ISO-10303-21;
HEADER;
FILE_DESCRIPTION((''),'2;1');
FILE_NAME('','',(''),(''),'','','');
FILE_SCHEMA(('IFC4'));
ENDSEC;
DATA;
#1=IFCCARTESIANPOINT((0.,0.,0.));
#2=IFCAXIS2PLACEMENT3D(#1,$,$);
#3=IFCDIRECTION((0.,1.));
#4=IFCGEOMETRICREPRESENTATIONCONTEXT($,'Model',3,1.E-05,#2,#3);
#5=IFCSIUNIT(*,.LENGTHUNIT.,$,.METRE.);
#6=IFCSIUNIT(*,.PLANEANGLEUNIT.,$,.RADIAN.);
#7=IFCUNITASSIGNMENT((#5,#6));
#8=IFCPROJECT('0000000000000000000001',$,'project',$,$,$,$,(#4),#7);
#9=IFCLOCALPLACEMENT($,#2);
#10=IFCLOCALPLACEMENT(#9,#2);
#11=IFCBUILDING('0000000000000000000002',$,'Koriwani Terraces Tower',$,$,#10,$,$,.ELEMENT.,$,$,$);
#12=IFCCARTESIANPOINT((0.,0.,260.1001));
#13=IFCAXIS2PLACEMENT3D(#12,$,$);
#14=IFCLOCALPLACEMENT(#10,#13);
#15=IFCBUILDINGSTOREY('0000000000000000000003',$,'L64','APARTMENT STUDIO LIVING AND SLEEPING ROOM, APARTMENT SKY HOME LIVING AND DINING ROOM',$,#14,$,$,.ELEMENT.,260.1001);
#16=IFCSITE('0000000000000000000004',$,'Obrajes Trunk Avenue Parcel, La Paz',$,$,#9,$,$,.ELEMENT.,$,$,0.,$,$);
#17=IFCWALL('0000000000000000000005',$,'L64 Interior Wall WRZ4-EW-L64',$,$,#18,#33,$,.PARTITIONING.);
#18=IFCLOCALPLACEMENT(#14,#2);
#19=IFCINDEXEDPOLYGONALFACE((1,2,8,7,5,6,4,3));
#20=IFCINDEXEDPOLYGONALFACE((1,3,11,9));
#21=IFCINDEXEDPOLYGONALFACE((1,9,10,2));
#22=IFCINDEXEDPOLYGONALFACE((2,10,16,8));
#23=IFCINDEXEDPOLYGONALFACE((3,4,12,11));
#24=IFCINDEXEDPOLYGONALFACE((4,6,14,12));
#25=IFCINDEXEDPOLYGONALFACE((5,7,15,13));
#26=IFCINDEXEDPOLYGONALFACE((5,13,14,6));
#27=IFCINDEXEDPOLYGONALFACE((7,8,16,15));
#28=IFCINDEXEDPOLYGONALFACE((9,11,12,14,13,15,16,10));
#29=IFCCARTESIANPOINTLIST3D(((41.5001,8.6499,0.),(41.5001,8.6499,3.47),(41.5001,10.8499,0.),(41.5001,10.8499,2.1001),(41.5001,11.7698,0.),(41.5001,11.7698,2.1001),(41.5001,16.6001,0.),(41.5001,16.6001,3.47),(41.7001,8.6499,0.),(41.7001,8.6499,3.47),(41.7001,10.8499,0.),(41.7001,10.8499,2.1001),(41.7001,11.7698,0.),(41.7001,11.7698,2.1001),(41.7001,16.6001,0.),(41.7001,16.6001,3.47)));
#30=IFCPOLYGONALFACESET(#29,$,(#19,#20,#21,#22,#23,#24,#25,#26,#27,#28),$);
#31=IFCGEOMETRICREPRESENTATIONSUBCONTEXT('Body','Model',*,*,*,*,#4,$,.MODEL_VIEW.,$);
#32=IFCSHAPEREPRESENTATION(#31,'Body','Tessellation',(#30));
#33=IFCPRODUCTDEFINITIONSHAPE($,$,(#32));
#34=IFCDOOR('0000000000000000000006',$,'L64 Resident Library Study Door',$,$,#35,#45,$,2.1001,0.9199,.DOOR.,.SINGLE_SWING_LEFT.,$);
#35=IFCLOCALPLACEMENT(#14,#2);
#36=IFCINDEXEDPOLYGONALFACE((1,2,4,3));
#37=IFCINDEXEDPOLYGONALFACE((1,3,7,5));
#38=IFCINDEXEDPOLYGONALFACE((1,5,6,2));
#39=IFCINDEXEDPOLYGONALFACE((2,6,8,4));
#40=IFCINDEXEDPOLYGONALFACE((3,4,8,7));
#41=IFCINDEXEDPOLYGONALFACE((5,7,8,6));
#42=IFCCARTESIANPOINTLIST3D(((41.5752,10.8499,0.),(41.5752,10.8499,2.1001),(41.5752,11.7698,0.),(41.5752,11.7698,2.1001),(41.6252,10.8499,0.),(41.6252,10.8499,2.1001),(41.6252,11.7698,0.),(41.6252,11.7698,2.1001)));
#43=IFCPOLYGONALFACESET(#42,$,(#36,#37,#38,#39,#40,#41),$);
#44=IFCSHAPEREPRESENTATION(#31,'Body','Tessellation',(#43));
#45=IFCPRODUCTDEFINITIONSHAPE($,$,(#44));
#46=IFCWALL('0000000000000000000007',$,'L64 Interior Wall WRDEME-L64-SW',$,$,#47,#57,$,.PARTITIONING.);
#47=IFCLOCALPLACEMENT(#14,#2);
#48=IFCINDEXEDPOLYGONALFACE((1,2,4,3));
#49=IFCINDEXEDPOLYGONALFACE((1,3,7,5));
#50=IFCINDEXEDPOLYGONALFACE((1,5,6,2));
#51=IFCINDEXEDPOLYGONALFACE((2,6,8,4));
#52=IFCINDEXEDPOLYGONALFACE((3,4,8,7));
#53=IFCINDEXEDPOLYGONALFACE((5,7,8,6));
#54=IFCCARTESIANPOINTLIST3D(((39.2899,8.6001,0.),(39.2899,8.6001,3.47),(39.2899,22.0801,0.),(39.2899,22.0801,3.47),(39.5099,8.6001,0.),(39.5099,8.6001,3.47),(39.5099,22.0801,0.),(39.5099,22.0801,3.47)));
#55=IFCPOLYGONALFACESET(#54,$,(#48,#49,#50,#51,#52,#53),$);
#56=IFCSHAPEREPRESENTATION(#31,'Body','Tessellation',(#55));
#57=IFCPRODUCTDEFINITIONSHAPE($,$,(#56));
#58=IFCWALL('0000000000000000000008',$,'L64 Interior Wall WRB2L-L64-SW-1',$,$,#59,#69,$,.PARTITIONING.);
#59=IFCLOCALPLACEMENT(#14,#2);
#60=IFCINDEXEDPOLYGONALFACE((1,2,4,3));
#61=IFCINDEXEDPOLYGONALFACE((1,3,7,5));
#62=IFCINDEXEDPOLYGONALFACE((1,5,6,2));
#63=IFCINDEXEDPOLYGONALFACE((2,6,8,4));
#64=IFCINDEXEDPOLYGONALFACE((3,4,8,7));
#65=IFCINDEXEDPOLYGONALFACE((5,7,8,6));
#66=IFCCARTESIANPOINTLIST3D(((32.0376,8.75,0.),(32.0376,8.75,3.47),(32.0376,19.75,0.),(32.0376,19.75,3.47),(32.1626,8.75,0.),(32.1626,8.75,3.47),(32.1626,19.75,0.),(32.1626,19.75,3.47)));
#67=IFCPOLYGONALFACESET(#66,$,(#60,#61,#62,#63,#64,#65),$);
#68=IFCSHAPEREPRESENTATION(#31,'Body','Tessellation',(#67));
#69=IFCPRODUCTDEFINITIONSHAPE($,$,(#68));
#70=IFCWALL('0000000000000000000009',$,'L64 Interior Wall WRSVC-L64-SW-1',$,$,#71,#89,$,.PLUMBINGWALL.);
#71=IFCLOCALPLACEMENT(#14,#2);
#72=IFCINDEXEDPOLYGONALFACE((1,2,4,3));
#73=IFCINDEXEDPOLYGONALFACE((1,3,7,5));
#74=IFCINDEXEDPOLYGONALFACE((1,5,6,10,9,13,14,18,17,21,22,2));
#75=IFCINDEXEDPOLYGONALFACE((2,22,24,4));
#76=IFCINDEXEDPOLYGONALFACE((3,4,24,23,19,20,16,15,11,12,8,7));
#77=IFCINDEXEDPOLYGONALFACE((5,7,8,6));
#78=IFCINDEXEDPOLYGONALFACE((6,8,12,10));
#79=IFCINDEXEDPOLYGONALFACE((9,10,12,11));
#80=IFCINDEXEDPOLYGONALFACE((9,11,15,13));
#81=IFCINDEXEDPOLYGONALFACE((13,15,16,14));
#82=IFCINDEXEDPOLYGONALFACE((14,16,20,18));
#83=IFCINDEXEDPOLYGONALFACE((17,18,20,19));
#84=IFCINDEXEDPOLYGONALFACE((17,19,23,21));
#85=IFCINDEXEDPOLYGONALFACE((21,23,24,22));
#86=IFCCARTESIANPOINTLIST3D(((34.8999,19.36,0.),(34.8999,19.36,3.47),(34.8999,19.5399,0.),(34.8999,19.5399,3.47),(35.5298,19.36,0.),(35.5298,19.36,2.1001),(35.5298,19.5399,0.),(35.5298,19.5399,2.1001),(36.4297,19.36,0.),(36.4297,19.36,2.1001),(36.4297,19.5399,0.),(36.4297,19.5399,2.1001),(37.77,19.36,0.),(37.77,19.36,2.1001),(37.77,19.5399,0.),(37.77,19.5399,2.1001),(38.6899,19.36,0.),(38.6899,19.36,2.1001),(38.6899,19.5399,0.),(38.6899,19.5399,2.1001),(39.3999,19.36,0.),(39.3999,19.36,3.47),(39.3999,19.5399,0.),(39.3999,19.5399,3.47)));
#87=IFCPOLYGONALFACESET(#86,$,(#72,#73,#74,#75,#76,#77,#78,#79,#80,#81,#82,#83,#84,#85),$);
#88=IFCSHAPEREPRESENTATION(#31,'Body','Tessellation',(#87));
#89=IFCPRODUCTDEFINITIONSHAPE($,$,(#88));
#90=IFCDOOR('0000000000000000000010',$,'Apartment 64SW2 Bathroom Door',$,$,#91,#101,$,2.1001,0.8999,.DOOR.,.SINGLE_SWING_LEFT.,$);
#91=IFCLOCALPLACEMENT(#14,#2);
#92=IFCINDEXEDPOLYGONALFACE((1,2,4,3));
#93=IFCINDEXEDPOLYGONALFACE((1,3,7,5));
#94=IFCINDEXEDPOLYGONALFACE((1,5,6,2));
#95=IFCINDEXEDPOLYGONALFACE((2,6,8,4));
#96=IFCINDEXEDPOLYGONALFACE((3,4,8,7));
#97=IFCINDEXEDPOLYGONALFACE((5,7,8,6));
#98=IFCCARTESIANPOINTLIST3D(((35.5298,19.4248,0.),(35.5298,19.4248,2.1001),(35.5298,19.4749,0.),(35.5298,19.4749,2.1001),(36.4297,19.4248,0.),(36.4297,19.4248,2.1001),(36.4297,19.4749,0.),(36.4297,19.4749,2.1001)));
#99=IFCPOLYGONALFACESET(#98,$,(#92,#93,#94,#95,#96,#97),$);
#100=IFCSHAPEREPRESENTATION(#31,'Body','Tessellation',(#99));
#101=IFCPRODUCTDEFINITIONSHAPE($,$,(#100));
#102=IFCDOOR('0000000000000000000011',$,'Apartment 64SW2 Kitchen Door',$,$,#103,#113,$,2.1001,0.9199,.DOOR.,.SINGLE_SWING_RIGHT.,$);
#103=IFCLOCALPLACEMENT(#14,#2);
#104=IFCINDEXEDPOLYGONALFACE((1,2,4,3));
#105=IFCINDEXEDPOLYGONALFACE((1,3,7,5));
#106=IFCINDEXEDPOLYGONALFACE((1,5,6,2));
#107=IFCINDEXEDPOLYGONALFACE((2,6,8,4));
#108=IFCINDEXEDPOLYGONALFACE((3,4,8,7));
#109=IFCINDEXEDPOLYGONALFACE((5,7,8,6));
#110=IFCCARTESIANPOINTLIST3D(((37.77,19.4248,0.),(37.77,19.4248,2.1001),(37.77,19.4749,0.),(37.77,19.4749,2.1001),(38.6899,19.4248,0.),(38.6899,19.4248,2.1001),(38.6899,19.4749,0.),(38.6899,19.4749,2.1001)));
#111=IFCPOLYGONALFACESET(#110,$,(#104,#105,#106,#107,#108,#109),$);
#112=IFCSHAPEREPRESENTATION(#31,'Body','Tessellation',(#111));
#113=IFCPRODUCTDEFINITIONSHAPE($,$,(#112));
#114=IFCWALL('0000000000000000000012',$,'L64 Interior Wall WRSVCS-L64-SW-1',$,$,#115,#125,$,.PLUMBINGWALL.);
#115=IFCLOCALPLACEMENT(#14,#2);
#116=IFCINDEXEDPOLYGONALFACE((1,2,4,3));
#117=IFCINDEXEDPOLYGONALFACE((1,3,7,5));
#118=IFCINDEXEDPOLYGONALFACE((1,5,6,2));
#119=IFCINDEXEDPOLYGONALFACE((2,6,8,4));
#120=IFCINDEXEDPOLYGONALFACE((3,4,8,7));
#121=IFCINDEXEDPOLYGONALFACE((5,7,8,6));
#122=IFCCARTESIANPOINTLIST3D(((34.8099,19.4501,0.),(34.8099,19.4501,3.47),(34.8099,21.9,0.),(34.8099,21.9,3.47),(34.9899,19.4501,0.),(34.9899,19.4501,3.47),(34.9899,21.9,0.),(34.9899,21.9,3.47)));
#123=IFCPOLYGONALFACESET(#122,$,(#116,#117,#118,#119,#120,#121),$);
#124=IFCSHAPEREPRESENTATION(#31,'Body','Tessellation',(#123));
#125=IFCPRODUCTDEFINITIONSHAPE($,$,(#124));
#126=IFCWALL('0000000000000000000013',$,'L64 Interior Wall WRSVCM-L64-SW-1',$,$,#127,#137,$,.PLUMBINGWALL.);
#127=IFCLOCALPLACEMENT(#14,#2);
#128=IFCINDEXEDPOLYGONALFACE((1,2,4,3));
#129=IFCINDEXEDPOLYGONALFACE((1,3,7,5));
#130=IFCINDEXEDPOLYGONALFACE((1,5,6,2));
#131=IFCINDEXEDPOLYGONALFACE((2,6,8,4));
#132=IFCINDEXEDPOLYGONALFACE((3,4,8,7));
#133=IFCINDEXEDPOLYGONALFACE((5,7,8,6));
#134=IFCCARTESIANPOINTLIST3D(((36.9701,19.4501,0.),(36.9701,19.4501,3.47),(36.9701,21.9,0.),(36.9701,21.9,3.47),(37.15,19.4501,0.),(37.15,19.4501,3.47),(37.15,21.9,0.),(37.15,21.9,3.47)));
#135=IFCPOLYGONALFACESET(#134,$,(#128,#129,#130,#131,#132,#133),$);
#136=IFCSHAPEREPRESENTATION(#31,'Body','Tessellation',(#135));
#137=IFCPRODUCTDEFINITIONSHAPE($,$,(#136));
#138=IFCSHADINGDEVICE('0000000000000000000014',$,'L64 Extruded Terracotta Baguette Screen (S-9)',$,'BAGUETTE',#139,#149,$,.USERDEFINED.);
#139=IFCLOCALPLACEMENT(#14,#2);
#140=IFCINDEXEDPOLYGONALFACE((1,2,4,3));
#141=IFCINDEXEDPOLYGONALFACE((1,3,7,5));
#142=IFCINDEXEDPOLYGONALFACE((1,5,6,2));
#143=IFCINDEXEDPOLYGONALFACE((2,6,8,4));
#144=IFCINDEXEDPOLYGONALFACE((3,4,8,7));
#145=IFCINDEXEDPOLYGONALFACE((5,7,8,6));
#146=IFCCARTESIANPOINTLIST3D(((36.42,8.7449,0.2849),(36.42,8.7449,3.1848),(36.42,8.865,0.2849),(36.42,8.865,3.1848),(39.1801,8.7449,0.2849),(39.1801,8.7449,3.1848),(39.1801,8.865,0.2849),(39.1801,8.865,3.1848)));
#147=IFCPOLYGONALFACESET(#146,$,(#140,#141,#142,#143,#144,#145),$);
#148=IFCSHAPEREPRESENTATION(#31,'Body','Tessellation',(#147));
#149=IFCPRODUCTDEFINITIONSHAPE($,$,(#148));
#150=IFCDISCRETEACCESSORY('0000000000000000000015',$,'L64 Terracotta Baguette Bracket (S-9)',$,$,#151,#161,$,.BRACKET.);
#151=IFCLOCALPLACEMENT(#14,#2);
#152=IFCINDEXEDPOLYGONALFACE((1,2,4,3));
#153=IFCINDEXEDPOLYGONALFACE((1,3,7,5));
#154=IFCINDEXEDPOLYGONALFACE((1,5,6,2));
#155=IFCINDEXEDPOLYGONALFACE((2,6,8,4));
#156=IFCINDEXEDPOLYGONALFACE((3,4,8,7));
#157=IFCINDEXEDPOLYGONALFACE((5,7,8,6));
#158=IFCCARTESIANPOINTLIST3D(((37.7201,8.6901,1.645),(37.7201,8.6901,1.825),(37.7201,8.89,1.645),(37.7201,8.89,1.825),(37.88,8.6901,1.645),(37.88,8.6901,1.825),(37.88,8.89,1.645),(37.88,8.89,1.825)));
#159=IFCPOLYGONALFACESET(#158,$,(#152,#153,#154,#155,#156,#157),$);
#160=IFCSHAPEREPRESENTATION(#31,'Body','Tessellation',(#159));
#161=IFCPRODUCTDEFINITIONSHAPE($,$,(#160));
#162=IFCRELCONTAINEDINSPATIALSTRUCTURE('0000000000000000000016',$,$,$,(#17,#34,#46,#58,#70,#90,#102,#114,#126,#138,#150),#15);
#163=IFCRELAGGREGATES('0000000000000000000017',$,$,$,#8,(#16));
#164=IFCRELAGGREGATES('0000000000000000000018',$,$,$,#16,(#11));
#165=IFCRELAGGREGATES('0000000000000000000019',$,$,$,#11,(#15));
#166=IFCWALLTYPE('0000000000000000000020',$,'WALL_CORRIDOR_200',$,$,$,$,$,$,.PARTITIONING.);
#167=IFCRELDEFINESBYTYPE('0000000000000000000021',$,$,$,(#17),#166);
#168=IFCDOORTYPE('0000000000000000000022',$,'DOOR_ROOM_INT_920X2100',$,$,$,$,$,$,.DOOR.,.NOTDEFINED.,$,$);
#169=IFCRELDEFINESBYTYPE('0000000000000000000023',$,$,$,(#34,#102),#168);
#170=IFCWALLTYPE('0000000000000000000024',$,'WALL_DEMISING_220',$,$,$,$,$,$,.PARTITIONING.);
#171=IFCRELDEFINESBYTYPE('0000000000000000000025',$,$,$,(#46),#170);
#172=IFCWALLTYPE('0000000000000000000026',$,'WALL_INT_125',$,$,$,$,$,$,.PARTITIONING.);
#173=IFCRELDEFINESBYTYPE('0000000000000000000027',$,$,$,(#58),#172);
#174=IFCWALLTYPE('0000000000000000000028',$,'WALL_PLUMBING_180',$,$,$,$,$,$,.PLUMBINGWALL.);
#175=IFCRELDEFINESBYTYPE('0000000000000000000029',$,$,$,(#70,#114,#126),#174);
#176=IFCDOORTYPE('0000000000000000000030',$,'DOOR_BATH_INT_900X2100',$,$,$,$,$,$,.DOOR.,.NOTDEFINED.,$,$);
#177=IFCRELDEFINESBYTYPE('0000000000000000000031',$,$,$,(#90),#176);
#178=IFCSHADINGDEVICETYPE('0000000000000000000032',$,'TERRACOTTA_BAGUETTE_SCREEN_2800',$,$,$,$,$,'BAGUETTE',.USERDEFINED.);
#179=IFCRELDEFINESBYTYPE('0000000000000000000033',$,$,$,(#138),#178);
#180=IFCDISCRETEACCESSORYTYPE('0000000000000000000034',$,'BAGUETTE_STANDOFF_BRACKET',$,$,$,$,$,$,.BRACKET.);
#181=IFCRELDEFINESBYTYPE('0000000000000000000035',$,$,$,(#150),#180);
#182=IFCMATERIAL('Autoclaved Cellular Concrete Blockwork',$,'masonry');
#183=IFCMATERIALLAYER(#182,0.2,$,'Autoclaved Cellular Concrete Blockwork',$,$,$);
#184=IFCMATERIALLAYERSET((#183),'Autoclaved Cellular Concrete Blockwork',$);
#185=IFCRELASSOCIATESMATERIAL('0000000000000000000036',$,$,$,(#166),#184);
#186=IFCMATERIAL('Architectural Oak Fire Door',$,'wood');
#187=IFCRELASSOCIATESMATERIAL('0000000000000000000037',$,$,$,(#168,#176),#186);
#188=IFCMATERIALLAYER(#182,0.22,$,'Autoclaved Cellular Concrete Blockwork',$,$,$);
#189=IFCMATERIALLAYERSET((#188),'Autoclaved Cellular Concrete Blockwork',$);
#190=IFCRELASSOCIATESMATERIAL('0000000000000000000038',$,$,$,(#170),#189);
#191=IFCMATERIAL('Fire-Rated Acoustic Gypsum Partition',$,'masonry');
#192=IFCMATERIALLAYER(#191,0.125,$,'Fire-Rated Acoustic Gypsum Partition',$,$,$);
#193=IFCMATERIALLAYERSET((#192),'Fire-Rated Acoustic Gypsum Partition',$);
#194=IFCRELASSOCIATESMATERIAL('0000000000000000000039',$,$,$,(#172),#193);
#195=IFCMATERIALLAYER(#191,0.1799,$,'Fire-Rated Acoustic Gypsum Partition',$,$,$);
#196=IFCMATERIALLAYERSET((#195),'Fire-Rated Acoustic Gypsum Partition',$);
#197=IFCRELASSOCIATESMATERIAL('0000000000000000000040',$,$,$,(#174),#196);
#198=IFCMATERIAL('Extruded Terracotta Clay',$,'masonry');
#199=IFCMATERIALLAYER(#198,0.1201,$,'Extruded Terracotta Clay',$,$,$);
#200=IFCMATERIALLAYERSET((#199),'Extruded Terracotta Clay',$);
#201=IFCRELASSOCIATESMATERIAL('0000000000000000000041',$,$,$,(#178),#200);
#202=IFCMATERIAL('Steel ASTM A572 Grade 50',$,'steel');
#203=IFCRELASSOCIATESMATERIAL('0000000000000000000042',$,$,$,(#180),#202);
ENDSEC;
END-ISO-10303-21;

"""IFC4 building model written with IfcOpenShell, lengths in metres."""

from ifc_helpers import new_model, si_unit, direction, frame, frame_2d, origin, origin_2d, place, context, subcontext, project, spatial, rectangle, extrude, material, layer, layer_set, type_object, element, fill, save


model = new_model("IFC4")

# Units and contexts
model_context = context("Model", 3, precision=1e-05, world=origin(), true_north=direction((0.0, 1.0)))
body_context = subcontext(model_context, "Body", "Model", "MODEL_VIEW")
ifc_project = project(units=[si_unit("LENGTHUNIT", "METRE"), si_unit("PLANEANGLEUNIT", "RADIAN")], contexts=[model_context])

# Site, building, storey
site_placement = place(None, origin())
site = spatial("IfcSite", under=ifc_project, at=site_placement, Name="Obrajes Trunk Avenue Parcel, La Paz", CompositionType="ELEMENT", RefElevation=0.0)
building_placement = place(site_placement, origin())
building = spatial("IfcBuilding", under=site, at=building_placement, Name="Koriwani Terraces Tower", CompositionType="ELEMENT")
storey_placement = place(building_placement, frame((0.0, 0.0, 260.1001)))
storey = spatial("IfcBuildingStorey", under=building, at=storey_placement, Name="L64", Description="APARTMENT STUDIO LIVING AND SLEEPING ROOM, APARTMENT SKY HOME LIVING AND DINING ROOM", CompositionType="ELEMENT", Elevation=260.1001)

# Shared definitions
ifc_material_1 = material(Name="Steel ASTM A572 Grade 50", Category="steel")

# Wall, opening, door
ifc_material_2 = material(Name="Autoclaved Cellular Concrete Blockwork", Category="masonry")
ifc_layer_1 = layer(ifc_material_2, 0.2, Name="Autoclaved Cellular Concrete Blockwork")
ifc_layer_set_1 = layer_set([ifc_layer_1], Name="Autoclaved Cellular Concrete Blockwork")
wall_type_1 = type_object("IfcWallType", Name="WALL_CORRIDOR_200", PredefinedType="PARTITIONING", material=ifc_layer_set_1)
wall_1_placement = place(storey_placement, frame((41.6001, 8.6499, 0.0), z_axis=(0.0, 0.0, 1.0), x_axis=(0.0, 1.0, 0.0)))
wall_1 = element("IfcWall", 1, at=wall_1_placement, inside=storey, type_object=wall_type_1, Name="L64 Interior Wall WRZ4-EW-L64", PredefinedType="PARTITIONING", context=body_context, shape_type="SweptSolid", body=[
    extrude(rectangle(XDim=7.9502, YDim=0.2, at=frame_2d((3.9751, 0.0))), origin(), (0.0, 0.0, 1.0), 3.47),
])
opening_1_placement = place(wall_1_placement, frame((2.2, 0.0, 0.0)))
opening_1 = element("IfcOpeningElement", 2, at=opening_1_placement, cuts=wall_1, PredefinedType="OPENING", context=body_context, shape_type="SweptSolid", body=[
    extrude(rectangle(XDim=0.9199, YDim=2.1001, at=frame_2d((0.46, 1.05))), frame((0.0, 0.1099, 0.0), z_axis=(0.0, -1.0, 0.0), x_axis=(1.0, 0.0, 0.0)), (0.0, 0.0, 1.0), 0.22),
])
ifc_material_3 = material(Name="Architectural Oak Fire Door", Category="wood")
door_type_1 = type_object("IfcDoorType", Name="DOOR_ROOM_INT_920X2100", OperationType="NOTDEFINED", PredefinedType="DOOR", material=ifc_material_3)
door_1_placement = place(opening_1_placement, origin())
door_1 = element("IfcDoor", 3, at=door_1_placement, inside=storey, type_object=door_type_1, Name="L64 Resident Library Study Door", OperationType="SINGLE_SWING_LEFT", OverallHeight=2.1001, OverallWidth=0.9199, PredefinedType="DOOR", context=body_context, shape_type="SweptSolid", body=[
    extrude(rectangle(XDim=0.9199, YDim=2.1001, at=frame_2d((0.46, 1.05))), frame((0.0, 0.0249, 0.0), z_axis=(0.0, -1.0, 0.0), x_axis=(1.0, 0.0, 0.0)), (0.0, 0.0, 1.0), 0.05),
])
fill(opening_1, door_1)

# Walls
ifc_layer_2 = layer(ifc_material_2, 0.22, Name="Autoclaved Cellular Concrete Blockwork")
ifc_layer_set_2 = layer_set([ifc_layer_2], Name="Autoclaved Cellular Concrete Blockwork")
wall_type_2 = type_object("IfcWallType", Name="WALL_DEMISING_220", PredefinedType="PARTITIONING", material=ifc_layer_set_2)
wall_2_placement = place(storey_placement, frame((39.3999, 8.6001, 0.0), z_axis=(0.0, 0.0, 1.0), x_axis=(0.0, 1.0, 0.0)))
element("IfcWall", 4, at=wall_2_placement, inside=storey, type_object=wall_type_2, Name="L64 Interior Wall WRDEME-L64-SW", PredefinedType="PARTITIONING", context=body_context, shape_type="SweptSolid", body=[
    extrude(rectangle(XDim=13.48, YDim=0.22, at=frame_2d((6.74, 0.0))), origin(), (0.0, 0.0, 1.0), 3.47),
])
ifc_material_4 = material(Name="Fire-Rated Acoustic Gypsum Partition", Category="masonry")
ifc_layer_3 = layer(ifc_material_4, 0.125, Name="Fire-Rated Acoustic Gypsum Partition")
ifc_layer_set_3 = layer_set([ifc_layer_3], Name="Fire-Rated Acoustic Gypsum Partition")
wall_type_3 = type_object("IfcWallType", Name="WALL_INT_125", PredefinedType="PARTITIONING", material=ifc_layer_set_3)
wall_3_placement = place(storey_placement, frame((32.1001, 8.75, 0.0), z_axis=(0.0, 0.0, 1.0), x_axis=(0.0, 1.0, 0.0)))
element("IfcWall", 5, at=wall_3_placement, inside=storey, type_object=wall_type_3, Name="L64 Interior Wall WRB2L-L64-SW-1", PredefinedType="PARTITIONING", context=body_context, shape_type="SweptSolid", body=[
    extrude(rectangle(XDim=11.0, YDim=0.125, at=frame_2d((5.5, 0.0))), origin(), (0.0, 0.0, 1.0), 3.47),
])

# Wall, openings, doors
ifc_layer_4 = layer(ifc_material_4, 0.1799, Name="Fire-Rated Acoustic Gypsum Partition")
ifc_layer_set_4 = layer_set([ifc_layer_4], Name="Fire-Rated Acoustic Gypsum Partition")
wall_type_4 = type_object("IfcWallType", Name="WALL_PLUMBING_180", PredefinedType="PLUMBINGWALL", material=ifc_layer_set_4)
wall_4_placement = place(storey_placement, frame((34.8999, 19.45, 0.0), z_axis=(0.0, 0.0, 1.0), x_axis=(1.0, 0.0, 0.0)))
wall_4 = element("IfcWall", 6, at=wall_4_placement, inside=storey, type_object=wall_type_4, Name="L64 Interior Wall WRSVC-L64-SW-1", PredefinedType="PLUMBINGWALL", context=body_context, shape_type="SweptSolid", body=[
    extrude(rectangle(XDim=4.5, YDim=0.1799, at=frame_2d((2.25, 0.0))), origin(), (0.0, 0.0, 1.0), 3.47),
])
opening_2_placement = place(wall_4_placement, frame((0.6299, 0.0, 0.0)))
opening_2 = element("IfcOpeningElement", 7, at=opening_2_placement, cuts=wall_4, PredefinedType="OPENING", context=body_context, shape_type="SweptSolid", body=[
    extrude(rectangle(XDim=0.8999, YDim=2.1001, at=frame_2d((0.45, 1.05))), frame((0.0, 0.1001, 0.0), z_axis=(0.0, -1.0, 0.0), x_axis=(1.0, 0.0, 0.0)), (0.0, 0.0, 1.0), 0.2),
])
opening_3_placement = place(wall_4_placement, frame((2.8701, 0.0, 0.0)))
opening_3 = element("IfcOpeningElement", 8, at=opening_3_placement, cuts=wall_4, PredefinedType="OPENING", context=body_context, shape_type="SweptSolid", body=[
    extrude(rectangle(XDim=0.9199, YDim=2.1001, at=frame_2d((0.46, 1.05))), frame((0.0, 0.1001, 0.0), z_axis=(0.0, -1.0, 0.0), x_axis=(1.0, 0.0, 0.0)), (0.0, 0.0, 1.0), 0.2),
])
door_type_2 = type_object("IfcDoorType", Name="DOOR_BATH_INT_900X2100", OperationType="NOTDEFINED", PredefinedType="DOOR", material=ifc_material_3)
door_2_placement = place(opening_2_placement, origin())
door_2 = element("IfcDoor", 9, at=door_2_placement, inside=storey, type_object=door_type_2, Name="Apartment 64SW2 Bathroom Door", OperationType="SINGLE_SWING_LEFT", OverallHeight=2.1001, OverallWidth=0.8999, PredefinedType="DOOR", context=body_context, shape_type="SweptSolid", body=[
    extrude(rectangle(XDim=0.8999, YDim=2.1001, at=frame_2d((0.45, 1.05))), frame((0.0, 0.0249, 0.0), z_axis=(0.0, -1.0, 0.0), x_axis=(1.0, 0.0, 0.0)), (0.0, 0.0, 1.0), 0.05),
])
fill(opening_2, door_2)
door_3_placement = place(opening_3_placement, origin())
door_3 = element("IfcDoor", 10, at=door_3_placement, inside=storey, type_object=door_type_1, Name="Apartment 64SW2 Kitchen Door", OperationType="SINGLE_SWING_RIGHT", OverallHeight=2.1001, OverallWidth=0.9199, PredefinedType="DOOR", context=body_context, shape_type="SweptSolid", body=[
    extrude(rectangle(XDim=0.9199, YDim=2.1001, at=frame_2d((0.46, 1.05))), frame((0.0, 0.0249, 0.0), z_axis=(0.0, -1.0, 0.0), x_axis=(1.0, 0.0, 0.0)), (0.0, 0.0, 1.0), 0.05),
])
fill(opening_3, door_3)

# Walls
for number, where, z_axis, x_axis, name in (
    (11, (34.8999, 19.45, 0.0), (0.0, 0.0, 1.0), (0.0, 1.0, 0.0), "L64 Interior Wall WRSVCS-L64-SW-1"),
    (12, (37.0601, 19.45, 0.0), (0.0, 0.0, 1.0), (0.0, 1.0, 0.0), "L64 Interior Wall WRSVCM-L64-SW-1"),
):
    element("IfcWall", number, at=place(storey_placement, frame(where, z_axis=z_axis, x_axis=x_axis)), inside=storey, type_object=wall_type_4, Name=name, PredefinedType="PLUMBINGWALL", context=body_context, shape_type="SweptSolid", body=[
        extrude(rectangle(XDim=2.45, YDim=0.1799, at=frame_2d((1.2251, 0.0))), origin(), (0.0, 0.0, 1.0), 3.47),
    ])

# Shading device
ifc_material_5 = material(Name="Extruded Terracotta Clay", Category="masonry")
ifc_layer_5 = layer(ifc_material_5, 0.1201, Name="Extruded Terracotta Clay")
ifc_layer_set_5 = layer_set([ifc_layer_5], Name="Extruded Terracotta Clay")
shading_device_type = type_object("IfcShadingDeviceType", Name="TERRACOTTA_BAGUETTE_SCREEN_2800", ElementType="BAGUETTE", PredefinedType="USERDEFINED", material=ifc_layer_set_5)
shading_device_placement = place(storey_placement, frame((37.8, 8.8049, 0.2849), z_axis=(0.0, 0.0, 1.0), x_axis=(-1.0, 0.0, 0.0)))
element("IfcShadingDevice", 13, at=shading_device_placement, inside=storey, type_object=shading_device_type, Name="L64 Extruded Terracotta Baguette Screen (S-9)", ObjectType="BAGUETTE", PredefinedType="USERDEFINED", context=body_context, shape_type="SweptSolid", body=[
    extrude(rectangle(XDim=2.76, YDim=0.1201, at=origin_2d()), origin(), (0.0, 0.0, 1.0), 2.8999),
])

# Discrete accessory
discrete_accessory_type = type_object("IfcDiscreteAccessoryType", Name="BAGUETTE_STANDOFF_BRACKET", PredefinedType="BRACKET", material=ifc_material_1)
discrete_accessory_placement = place(storey_placement, frame((37.8, 8.79, 1.645), z_axis=(0.0, 0.0, 1.0), x_axis=(-1.0, 0.0, 0.0)))
element("IfcDiscreteAccessory", 14, at=discrete_accessory_placement, inside=storey, type_object=discrete_accessory_type, Name="L64 Terracotta Baguette Bracket (S-9)", PredefinedType="BRACKET", context=body_context, shape_type="SweptSolid", body=[
    extrude(rectangle(XDim=0.1599, YDim=0.2, at=origin_2d()), origin(), (0.0, 0.0, 1.0), 0.1799),
])

save(model, "model.ifc")
